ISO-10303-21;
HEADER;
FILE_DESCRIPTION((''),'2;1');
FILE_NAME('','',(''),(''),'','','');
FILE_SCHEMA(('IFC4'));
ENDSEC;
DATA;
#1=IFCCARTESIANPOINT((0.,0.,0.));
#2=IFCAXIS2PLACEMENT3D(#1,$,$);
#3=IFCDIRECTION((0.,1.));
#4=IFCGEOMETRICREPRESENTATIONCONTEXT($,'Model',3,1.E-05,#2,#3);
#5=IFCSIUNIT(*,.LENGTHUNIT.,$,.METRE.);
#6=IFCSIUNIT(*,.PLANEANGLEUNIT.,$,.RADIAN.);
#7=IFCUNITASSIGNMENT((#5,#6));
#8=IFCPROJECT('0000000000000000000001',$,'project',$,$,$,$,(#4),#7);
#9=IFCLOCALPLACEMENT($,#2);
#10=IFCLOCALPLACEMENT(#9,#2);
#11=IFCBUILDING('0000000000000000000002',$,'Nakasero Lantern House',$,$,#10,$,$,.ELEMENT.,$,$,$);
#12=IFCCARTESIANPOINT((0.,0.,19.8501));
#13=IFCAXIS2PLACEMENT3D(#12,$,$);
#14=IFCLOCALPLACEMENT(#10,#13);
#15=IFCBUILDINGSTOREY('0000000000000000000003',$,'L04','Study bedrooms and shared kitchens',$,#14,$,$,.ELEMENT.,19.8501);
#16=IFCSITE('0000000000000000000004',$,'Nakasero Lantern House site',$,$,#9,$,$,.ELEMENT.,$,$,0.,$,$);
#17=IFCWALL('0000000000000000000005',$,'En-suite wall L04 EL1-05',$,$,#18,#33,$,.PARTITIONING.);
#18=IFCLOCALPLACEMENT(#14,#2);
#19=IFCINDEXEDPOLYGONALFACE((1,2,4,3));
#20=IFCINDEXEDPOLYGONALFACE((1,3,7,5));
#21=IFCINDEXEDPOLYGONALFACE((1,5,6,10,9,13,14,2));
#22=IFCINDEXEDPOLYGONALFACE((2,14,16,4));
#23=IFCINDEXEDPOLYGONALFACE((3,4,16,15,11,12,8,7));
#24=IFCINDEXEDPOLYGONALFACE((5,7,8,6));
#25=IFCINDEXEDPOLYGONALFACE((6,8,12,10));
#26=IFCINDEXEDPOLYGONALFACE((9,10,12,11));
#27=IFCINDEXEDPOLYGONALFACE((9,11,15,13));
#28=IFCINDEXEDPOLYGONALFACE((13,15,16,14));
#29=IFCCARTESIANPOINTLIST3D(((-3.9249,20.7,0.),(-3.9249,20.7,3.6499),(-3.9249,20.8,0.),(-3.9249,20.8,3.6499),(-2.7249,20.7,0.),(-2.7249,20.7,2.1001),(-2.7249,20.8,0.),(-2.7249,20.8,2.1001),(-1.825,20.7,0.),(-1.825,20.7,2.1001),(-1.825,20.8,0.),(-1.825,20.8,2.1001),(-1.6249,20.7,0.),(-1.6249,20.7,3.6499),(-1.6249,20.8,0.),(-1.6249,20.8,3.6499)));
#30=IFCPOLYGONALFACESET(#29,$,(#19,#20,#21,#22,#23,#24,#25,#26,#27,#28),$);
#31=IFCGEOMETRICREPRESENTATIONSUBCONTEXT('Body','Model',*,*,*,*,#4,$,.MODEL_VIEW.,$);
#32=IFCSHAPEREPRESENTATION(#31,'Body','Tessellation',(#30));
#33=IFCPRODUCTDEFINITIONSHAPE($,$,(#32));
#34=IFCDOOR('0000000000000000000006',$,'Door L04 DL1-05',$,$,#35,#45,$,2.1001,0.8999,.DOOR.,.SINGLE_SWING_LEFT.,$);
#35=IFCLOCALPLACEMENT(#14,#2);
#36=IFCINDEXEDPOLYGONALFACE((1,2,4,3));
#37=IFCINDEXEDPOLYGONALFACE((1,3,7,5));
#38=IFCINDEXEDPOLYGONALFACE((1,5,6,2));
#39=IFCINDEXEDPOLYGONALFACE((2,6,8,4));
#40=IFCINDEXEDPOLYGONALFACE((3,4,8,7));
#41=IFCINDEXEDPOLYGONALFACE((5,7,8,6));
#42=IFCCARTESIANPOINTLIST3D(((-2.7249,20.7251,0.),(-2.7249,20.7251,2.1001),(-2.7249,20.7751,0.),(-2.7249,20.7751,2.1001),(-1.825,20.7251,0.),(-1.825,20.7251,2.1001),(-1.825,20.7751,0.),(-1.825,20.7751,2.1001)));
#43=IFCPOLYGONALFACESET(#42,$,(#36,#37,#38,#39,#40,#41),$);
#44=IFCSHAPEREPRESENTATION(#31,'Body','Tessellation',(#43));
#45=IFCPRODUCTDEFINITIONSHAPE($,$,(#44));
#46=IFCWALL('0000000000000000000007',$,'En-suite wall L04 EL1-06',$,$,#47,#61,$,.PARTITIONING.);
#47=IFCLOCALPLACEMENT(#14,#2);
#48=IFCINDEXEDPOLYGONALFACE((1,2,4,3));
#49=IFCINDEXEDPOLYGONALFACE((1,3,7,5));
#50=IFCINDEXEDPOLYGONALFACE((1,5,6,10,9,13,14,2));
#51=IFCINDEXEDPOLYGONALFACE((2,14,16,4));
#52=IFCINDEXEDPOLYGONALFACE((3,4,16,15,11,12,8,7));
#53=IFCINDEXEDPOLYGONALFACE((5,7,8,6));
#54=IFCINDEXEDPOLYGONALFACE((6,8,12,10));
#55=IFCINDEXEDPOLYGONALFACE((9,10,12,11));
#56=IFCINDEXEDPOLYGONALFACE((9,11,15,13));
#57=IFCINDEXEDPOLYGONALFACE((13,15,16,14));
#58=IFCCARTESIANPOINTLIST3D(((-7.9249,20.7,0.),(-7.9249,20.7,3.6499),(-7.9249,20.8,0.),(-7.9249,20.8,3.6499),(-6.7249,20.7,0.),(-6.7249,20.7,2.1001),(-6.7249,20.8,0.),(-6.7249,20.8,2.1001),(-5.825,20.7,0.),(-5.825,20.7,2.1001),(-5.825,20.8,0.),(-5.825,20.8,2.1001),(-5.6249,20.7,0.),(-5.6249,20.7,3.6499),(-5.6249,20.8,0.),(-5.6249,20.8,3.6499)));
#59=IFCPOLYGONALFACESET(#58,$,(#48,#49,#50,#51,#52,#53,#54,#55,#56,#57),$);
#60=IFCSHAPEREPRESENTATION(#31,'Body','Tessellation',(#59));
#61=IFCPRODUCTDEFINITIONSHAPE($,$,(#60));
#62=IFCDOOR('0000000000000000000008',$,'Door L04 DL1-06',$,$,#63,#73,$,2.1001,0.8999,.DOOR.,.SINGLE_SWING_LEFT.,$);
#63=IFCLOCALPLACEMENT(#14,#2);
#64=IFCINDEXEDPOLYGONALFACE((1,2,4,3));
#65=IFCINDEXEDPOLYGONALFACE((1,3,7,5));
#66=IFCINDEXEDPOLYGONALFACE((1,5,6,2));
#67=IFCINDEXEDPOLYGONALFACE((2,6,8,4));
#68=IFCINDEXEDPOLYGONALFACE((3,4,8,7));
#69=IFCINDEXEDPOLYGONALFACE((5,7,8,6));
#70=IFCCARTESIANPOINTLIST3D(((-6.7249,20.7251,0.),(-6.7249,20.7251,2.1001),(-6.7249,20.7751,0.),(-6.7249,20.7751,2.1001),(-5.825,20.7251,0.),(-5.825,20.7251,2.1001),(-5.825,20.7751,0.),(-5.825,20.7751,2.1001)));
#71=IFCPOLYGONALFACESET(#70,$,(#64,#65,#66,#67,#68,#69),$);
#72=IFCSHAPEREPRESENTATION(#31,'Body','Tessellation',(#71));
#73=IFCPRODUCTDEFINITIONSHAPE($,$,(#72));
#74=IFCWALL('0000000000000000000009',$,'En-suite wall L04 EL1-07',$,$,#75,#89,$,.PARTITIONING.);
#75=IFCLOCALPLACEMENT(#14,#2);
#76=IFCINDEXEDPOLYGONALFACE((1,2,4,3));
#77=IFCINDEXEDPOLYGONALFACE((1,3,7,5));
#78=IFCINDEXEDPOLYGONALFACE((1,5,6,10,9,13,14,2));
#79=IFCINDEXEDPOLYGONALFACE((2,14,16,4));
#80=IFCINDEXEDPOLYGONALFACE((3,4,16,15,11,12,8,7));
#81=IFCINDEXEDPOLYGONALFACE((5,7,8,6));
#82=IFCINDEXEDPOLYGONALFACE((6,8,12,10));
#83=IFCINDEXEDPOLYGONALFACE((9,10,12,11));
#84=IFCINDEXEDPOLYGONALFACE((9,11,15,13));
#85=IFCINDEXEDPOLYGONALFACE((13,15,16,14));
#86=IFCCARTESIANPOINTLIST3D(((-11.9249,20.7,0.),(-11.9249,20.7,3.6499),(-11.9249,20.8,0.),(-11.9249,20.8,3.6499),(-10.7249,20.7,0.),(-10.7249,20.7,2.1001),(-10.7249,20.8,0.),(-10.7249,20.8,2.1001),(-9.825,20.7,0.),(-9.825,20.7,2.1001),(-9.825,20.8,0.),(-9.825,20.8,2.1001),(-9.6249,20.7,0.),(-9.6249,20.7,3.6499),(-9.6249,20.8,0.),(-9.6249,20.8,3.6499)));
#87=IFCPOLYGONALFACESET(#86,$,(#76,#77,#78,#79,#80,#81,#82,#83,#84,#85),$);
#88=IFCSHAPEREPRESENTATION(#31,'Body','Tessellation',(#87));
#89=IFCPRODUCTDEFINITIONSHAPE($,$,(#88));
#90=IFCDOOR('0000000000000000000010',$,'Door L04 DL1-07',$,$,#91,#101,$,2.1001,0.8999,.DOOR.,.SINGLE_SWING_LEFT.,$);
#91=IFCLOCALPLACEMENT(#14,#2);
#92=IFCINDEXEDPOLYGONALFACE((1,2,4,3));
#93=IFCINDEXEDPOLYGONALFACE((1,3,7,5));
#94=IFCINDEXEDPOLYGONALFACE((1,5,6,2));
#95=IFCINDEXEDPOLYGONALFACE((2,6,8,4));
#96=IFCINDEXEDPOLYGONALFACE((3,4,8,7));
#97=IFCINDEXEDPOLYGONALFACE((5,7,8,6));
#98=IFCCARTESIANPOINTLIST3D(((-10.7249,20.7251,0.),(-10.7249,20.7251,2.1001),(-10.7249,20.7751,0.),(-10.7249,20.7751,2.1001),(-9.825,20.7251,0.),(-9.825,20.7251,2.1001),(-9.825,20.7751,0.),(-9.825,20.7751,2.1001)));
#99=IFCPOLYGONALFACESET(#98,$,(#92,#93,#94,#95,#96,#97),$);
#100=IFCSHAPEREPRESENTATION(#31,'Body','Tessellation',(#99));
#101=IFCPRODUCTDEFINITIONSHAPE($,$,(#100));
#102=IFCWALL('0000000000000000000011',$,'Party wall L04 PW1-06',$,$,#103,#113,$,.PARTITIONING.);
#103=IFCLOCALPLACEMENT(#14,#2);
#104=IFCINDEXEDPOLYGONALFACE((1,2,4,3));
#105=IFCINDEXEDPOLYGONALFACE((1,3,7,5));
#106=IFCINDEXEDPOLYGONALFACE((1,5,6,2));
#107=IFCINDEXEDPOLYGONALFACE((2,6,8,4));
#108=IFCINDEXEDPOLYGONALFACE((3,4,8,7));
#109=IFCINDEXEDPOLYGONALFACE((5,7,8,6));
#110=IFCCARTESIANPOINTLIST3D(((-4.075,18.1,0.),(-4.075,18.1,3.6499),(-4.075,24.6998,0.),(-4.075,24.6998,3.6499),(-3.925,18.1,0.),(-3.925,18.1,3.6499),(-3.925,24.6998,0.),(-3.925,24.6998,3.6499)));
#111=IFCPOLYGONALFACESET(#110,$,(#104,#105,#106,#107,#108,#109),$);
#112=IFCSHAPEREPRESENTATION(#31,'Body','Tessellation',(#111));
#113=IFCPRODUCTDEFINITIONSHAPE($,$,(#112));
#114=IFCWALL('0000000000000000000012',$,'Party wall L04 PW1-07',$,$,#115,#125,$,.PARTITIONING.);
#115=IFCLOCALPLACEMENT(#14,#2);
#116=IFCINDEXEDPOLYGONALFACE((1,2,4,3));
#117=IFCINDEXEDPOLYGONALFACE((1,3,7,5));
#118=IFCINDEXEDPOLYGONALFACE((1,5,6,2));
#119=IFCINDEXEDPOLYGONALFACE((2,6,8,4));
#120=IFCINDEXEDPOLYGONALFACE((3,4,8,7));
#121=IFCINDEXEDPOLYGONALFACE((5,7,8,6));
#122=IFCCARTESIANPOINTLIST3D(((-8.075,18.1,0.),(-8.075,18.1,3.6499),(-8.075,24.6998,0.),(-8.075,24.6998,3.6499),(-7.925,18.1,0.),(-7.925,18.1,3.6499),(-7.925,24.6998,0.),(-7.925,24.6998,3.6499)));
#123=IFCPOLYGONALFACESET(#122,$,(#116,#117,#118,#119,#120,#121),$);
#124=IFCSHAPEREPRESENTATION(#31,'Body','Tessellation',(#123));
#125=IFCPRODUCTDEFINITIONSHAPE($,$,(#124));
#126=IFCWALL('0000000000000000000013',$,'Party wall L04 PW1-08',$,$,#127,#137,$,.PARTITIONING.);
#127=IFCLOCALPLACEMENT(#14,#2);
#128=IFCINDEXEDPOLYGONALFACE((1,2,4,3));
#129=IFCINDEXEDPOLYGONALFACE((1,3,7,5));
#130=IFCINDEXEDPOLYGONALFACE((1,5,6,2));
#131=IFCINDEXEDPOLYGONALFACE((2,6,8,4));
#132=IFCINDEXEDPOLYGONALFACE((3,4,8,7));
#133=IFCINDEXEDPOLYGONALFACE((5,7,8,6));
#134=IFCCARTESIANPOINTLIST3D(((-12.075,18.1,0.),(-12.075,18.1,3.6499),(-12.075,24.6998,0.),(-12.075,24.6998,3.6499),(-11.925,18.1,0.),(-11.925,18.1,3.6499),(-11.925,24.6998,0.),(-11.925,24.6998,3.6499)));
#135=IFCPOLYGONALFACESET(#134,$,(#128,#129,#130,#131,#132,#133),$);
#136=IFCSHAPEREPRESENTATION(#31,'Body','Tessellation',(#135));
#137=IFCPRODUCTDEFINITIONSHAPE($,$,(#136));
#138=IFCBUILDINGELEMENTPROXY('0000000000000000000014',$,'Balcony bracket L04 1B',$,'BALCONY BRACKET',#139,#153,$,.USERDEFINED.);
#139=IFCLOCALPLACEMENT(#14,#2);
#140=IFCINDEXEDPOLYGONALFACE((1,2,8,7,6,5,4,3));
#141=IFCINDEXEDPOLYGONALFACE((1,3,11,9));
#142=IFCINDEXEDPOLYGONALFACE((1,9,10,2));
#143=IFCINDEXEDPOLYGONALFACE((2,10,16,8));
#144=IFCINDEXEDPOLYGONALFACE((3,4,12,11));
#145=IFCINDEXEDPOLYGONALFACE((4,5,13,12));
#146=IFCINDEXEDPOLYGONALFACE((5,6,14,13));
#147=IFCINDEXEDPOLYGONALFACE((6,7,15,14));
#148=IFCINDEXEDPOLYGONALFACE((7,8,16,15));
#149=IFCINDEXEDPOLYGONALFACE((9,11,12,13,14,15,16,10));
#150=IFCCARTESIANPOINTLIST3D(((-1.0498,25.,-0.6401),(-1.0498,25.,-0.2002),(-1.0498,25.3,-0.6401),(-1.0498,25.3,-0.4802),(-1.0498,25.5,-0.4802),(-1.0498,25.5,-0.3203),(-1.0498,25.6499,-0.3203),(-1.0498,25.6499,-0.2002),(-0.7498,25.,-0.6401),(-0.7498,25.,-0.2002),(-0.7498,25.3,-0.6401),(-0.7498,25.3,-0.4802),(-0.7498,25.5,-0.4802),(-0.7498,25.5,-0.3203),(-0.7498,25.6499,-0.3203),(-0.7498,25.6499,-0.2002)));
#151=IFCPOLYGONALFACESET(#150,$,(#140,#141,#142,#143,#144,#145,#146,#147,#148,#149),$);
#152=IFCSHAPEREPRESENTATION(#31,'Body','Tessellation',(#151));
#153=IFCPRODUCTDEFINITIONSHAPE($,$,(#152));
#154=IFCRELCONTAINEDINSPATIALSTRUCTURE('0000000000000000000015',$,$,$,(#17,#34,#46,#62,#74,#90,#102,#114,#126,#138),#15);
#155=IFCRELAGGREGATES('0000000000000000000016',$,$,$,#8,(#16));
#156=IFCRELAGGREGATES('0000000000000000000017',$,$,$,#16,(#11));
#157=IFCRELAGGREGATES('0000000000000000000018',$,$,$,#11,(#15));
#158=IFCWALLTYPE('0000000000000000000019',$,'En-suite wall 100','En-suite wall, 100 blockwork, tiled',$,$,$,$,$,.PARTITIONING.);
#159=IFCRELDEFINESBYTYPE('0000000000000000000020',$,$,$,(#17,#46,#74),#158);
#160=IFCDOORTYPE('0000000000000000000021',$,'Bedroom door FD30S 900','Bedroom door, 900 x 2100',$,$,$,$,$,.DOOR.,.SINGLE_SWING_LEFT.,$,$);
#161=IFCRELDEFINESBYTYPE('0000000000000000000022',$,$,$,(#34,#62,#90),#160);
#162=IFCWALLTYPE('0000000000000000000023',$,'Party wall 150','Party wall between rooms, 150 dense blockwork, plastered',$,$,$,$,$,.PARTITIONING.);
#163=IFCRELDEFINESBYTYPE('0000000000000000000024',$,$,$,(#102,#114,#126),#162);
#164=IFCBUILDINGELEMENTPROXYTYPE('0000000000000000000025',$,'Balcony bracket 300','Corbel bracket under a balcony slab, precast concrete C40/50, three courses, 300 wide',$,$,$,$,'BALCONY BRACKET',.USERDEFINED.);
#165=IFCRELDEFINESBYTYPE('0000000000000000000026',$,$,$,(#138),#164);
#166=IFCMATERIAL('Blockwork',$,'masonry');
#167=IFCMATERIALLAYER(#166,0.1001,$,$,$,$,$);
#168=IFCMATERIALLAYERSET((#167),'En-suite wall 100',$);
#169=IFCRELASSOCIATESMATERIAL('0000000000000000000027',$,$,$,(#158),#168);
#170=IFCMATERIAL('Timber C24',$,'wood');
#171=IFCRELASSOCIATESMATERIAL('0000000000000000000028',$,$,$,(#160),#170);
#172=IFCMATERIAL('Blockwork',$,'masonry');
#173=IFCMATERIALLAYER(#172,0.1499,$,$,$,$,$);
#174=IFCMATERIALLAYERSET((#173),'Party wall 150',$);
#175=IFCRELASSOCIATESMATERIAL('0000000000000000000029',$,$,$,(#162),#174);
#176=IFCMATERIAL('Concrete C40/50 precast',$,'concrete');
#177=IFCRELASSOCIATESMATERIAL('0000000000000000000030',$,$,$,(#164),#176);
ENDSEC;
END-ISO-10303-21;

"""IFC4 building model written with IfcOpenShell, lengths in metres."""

from ifc_helpers import new_model, si_unit, direction, frame, frame_2d, origin, place, context, subcontext, project, spatial, polyline, rectangle, outline, extrude, material, layer, layer_set, type_object, element, fill, save


model = new_model("IFC4")

# Units and contexts
model_context = context("Model", 3, precision=1e-05, world=origin(), true_north=direction((0.0, 1.0)))
body_context = subcontext(model_context, "Body", "Model", "MODEL_VIEW")
ifc_project = project(units=[si_unit("LENGTHUNIT", "METRE"), si_unit("PLANEANGLEUNIT", "RADIAN")], contexts=[model_context])

# Site, building, storey
site_placement = place(None, origin())
site = spatial("IfcSite", under=ifc_project, at=site_placement, Name="Nakasero Lantern House site", CompositionType="ELEMENT", RefElevation=0.0)
building_placement = place(site_placement, origin())
building = spatial("IfcBuilding", under=site, at=building_placement, Name="Nakasero Lantern House", CompositionType="ELEMENT")
storey_placement = place(building_placement, frame((0.0, 0.0, 19.8501)))
storey = spatial("IfcBuildingStorey", under=building, at=storey_placement, Name="L04", Description="Study bedrooms and shared kitchens", CompositionType="ELEMENT", Elevation=19.8501)

# Shared definitions
ifc_material_1 = material(Name="Blockwork", Category="masonry")
ifc_layer_1 = layer(ifc_material_1, 0.1001)
ifc_layer_set_1 = layer_set([ifc_layer_1], Name="En-suite wall 100")
wall_type_1 = type_object("IfcWallType", Name="En-suite wall 100", Description="En-suite wall, 100 blockwork, tiled", PredefinedType="PARTITIONING", material=ifc_layer_set_1)

# Walls, openings, doors
wall_1_placement = place(storey_placement, frame((-1.625, 20.75, 0.0), z_axis=(0.0, 0.0, 1.0), x_axis=(-1.0, 0.0, 0.0)))
wall_1 = element("IfcWall", 1, at=wall_1_placement, inside=storey, type_object=wall_type_1, Name="En-suite wall L04 EL1-05", PredefinedType="PARTITIONING", context=body_context, shape_type="SweptSolid", body=[
    extrude(rectangle(XDim=2.3, YDim=0.1001, at=frame_2d((1.1499, 0.0))), origin(), (0.0, 0.0, 1.0), 3.6499),
])
opening_1_placement = place(wall_1_placement, frame((0.2, 0.0, 0.0)))
opening_1 = element("IfcOpeningElement", 2, at=opening_1_placement, cuts=wall_1, PredefinedType="OPENING", context=body_context, shape_type="SweptSolid", body=[
    extrude(rectangle(XDim=0.8999, YDim=2.1001, at=frame_2d((0.45, 1.05))), frame((0.0, 0.0701, 0.0), z_axis=(0.0, -1.0, 0.0), x_axis=(1.0, 0.0, 0.0)), (0.0, 0.0, 1.0), 0.1401),
])
ifc_material_2 = material(Name="Timber C24", Category="wood")
door_type_1 = type_object("IfcDoorType", Name="Bedroom door FD30S 900", Description="Bedroom door, 900 x 2100", OperationType="SINGLE_SWING_LEFT", PredefinedType="DOOR", material=ifc_material_2)
door_1_placement = place(opening_1_placement, origin())
door_1 = element("IfcDoor", 3, at=door_1_placement, inside=storey, type_object=door_type_1, Name="Door L04 DL1-05", OperationType="SINGLE_SWING_LEFT", OverallHeight=2.1001, OverallWidth=0.8999, PredefinedType="DOOR", context=body_context, shape_type="SweptSolid", body=[
    extrude(rectangle(XDim=0.8999, YDim=2.1001, at=frame_2d((0.45, 1.05))), frame((0.0, 0.0249, 0.0), z_axis=(0.0, -1.0, 0.0), x_axis=(1.0, 0.0, 0.0)), (0.0, 0.0, 1.0), 0.05),
])
fill(opening_1, door_1)
wall_2_placement = place(storey_placement, frame((-5.625, 20.75, 0.0), z_axis=(0.0, 0.0, 1.0), x_axis=(-1.0, 0.0, 0.0)))
wall_2 = element("IfcWall", 4, at=wall_2_placement, inside=storey, type_object=wall_type_1, Name="En-suite wall L04 EL1-06", PredefinedType="PARTITIONING", context=body_context, shape_type="SweptSolid", body=[
    extrude(rectangle(XDim=2.3, YDim=0.1001, at=frame_2d((1.1499, 0.0))), origin(), (0.0, 0.0, 1.0), 3.6499),
])
opening_2_placement = place(wall_2_placement, frame((0.2, 0.0, 0.0)))
opening_2 = element("IfcOpeningElement", 5, at=opening_2_placement, cuts=wall_2, PredefinedType="OPENING", context=body_context, shape_type="SweptSolid", body=[
    extrude(rectangle(XDim=0.8999, YDim=2.1001, at=frame_2d((0.45, 1.05))), frame((0.0, 0.0701, 0.0), z_axis=(0.0, -1.0, 0.0), x_axis=(1.0, 0.0, 0.0)), (0.0, 0.0, 1.0), 0.1401),
])
door_2_placement = place(opening_2_placement, origin())
door_2 = element("IfcDoor", 6, at=door_2_placement, inside=storey, type_object=door_type_1, Name="Door L04 DL1-06", OperationType="SINGLE_SWING_LEFT", OverallHeight=2.1001, OverallWidth=0.8999, PredefinedType="DOOR", context=body_context, shape_type="SweptSolid", body=[
    extrude(rectangle(XDim=0.8999, YDim=2.1001, at=frame_2d((0.45, 1.05))), frame((0.0, 0.0249, 0.0), z_axis=(0.0, -1.0, 0.0), x_axis=(1.0, 0.0, 0.0)), (0.0, 0.0, 1.0), 0.05),
])
fill(opening_2, door_2)
wall_3_placement = place(storey_placement, frame((-9.625, 20.75, 0.0), z_axis=(0.0, 0.0, 1.0), x_axis=(-1.0, 0.0, 0.0)))
wall_3 = element("IfcWall", 7, at=wall_3_placement, inside=storey, type_object=wall_type_1, Name="En-suite wall L04 EL1-07", PredefinedType="PARTITIONING", context=body_context, shape_type="SweptSolid", body=[
    extrude(rectangle(XDim=2.3, YDim=0.1001, at=frame_2d((1.1499, 0.0))), origin(), (0.0, 0.0, 1.0), 3.6499),
])
opening_3_placement = place(wall_3_placement, frame((0.2, 0.0, 0.0)))
opening_3 = element("IfcOpeningElement", 8, at=opening_3_placement, cuts=wall_3, PredefinedType="OPENING", context=body_context, shape_type="SweptSolid", body=[
    extrude(rectangle(XDim=0.8999, YDim=2.1001, at=frame_2d((0.45, 1.05))), frame((0.0, 0.0701, 0.0), z_axis=(0.0, -1.0, 0.0), x_axis=(1.0, 0.0, 0.0)), (0.0, 0.0, 1.0), 0.1401),
])
door_3_placement = place(opening_3_placement, origin())
door_3 = element("IfcDoor", 9, at=door_3_placement, inside=storey, type_object=door_type_1, Name="Door L04 DL1-07", OperationType="SINGLE_SWING_LEFT", OverallHeight=2.1001, OverallWidth=0.8999, PredefinedType="DOOR", context=body_context, shape_type="SweptSolid", body=[
    extrude(rectangle(XDim=0.8999, YDim=2.1001, at=frame_2d((0.45, 1.05))), frame((0.0, 0.0249, 0.0), z_axis=(0.0, -1.0, 0.0), x_axis=(1.0, 0.0, 0.0)), (0.0, 0.0, 1.0), 0.05),
])
fill(opening_3, door_3)

# Walls
ifc_material_3 = material(Name="Blockwork", Category="masonry")
ifc_layer_2 = layer(ifc_material_3, 0.1499)
ifc_layer_set_2 = layer_set([ifc_layer_2], Name="Party wall 150")
wall_type_2 = type_object("IfcWallType", Name="Party wall 150", Description="Party wall between rooms, 150 dense blockwork, plastered", PredefinedType="PARTITIONING", material=ifc_layer_set_2)
for number, where, z_axis, x_axis, name in (
    (10, (-4.0, 18.1001, 0.0), (0.0, 0.0, 1.0), (0.0, 1.0, 0.0), "Party wall L04 PW1-06"),
    (11, (-8.0, 18.1001, 0.0), (0.0, 0.0, 1.0), (0.0, 1.0, 0.0), "Party wall L04 PW1-07"),
    (12, (-12.0, 18.1001, 0.0), (0.0, 0.0, 1.0), (0.0, 1.0, 0.0), "Party wall L04 PW1-08"),
):
    element("IfcWall", number, at=place(storey_placement, frame(where, z_axis=z_axis, x_axis=x_axis)), inside=storey, type_object=wall_type_2, Name=name, PredefinedType="PARTITIONING", context=body_context, shape_type="SweptSolid", body=[
        extrude(rectangle(XDim=6.5999, YDim=0.1499, at=frame_2d((3.2998, 0.0))), origin(), (0.0, 0.0, 1.0), 3.6499),
    ])

# Building element proxy
ifc_material_4 = material(Name="Concrete C40/50 precast", Category="concrete")
building_element_proxy_type = type_object("IfcBuildingElementProxyType", Name="Balcony bracket 300", Description="Corbel bracket under a balcony slab, precast concrete C40/50, three courses, 300 wide", ElementType="BALCONY BRACKET", PredefinedType="USERDEFINED", material=ifc_material_4)
proxy_placement = place(storey_placement, frame((-0.8999, 25.0, -0.2002), z_axis=(0.0, 0.0, 1.0), x_axis=(0.0, 1.0, 0.0)))
element("IfcBuildingElementProxy", 13, at=proxy_placement, inside=storey, type_object=building_element_proxy_type, Name="Balcony bracket L04 1B", ObjectType="BALCONY BRACKET", PredefinedType="USERDEFINED", context=body_context, shape_type="SweptSolid", body=[
    extrude(outline(polyline([(0.0, 0.0), (0.6499, 0.0), (0.6499, -0.1201), (0.5, -0.1201), (0.5, -0.28), (0.3, -0.28), (0.3, -0.4399), (0.0, -0.4399), (0.0, 0.0)])), frame((0.0, 0.1499, 0.0), z_axis=(0.0, -1.0, 0.0), x_axis=(1.0, 0.0, 0.0)), (0.0, 0.0, 1.0), 0.3),
])

save(model, "model.ifc")
